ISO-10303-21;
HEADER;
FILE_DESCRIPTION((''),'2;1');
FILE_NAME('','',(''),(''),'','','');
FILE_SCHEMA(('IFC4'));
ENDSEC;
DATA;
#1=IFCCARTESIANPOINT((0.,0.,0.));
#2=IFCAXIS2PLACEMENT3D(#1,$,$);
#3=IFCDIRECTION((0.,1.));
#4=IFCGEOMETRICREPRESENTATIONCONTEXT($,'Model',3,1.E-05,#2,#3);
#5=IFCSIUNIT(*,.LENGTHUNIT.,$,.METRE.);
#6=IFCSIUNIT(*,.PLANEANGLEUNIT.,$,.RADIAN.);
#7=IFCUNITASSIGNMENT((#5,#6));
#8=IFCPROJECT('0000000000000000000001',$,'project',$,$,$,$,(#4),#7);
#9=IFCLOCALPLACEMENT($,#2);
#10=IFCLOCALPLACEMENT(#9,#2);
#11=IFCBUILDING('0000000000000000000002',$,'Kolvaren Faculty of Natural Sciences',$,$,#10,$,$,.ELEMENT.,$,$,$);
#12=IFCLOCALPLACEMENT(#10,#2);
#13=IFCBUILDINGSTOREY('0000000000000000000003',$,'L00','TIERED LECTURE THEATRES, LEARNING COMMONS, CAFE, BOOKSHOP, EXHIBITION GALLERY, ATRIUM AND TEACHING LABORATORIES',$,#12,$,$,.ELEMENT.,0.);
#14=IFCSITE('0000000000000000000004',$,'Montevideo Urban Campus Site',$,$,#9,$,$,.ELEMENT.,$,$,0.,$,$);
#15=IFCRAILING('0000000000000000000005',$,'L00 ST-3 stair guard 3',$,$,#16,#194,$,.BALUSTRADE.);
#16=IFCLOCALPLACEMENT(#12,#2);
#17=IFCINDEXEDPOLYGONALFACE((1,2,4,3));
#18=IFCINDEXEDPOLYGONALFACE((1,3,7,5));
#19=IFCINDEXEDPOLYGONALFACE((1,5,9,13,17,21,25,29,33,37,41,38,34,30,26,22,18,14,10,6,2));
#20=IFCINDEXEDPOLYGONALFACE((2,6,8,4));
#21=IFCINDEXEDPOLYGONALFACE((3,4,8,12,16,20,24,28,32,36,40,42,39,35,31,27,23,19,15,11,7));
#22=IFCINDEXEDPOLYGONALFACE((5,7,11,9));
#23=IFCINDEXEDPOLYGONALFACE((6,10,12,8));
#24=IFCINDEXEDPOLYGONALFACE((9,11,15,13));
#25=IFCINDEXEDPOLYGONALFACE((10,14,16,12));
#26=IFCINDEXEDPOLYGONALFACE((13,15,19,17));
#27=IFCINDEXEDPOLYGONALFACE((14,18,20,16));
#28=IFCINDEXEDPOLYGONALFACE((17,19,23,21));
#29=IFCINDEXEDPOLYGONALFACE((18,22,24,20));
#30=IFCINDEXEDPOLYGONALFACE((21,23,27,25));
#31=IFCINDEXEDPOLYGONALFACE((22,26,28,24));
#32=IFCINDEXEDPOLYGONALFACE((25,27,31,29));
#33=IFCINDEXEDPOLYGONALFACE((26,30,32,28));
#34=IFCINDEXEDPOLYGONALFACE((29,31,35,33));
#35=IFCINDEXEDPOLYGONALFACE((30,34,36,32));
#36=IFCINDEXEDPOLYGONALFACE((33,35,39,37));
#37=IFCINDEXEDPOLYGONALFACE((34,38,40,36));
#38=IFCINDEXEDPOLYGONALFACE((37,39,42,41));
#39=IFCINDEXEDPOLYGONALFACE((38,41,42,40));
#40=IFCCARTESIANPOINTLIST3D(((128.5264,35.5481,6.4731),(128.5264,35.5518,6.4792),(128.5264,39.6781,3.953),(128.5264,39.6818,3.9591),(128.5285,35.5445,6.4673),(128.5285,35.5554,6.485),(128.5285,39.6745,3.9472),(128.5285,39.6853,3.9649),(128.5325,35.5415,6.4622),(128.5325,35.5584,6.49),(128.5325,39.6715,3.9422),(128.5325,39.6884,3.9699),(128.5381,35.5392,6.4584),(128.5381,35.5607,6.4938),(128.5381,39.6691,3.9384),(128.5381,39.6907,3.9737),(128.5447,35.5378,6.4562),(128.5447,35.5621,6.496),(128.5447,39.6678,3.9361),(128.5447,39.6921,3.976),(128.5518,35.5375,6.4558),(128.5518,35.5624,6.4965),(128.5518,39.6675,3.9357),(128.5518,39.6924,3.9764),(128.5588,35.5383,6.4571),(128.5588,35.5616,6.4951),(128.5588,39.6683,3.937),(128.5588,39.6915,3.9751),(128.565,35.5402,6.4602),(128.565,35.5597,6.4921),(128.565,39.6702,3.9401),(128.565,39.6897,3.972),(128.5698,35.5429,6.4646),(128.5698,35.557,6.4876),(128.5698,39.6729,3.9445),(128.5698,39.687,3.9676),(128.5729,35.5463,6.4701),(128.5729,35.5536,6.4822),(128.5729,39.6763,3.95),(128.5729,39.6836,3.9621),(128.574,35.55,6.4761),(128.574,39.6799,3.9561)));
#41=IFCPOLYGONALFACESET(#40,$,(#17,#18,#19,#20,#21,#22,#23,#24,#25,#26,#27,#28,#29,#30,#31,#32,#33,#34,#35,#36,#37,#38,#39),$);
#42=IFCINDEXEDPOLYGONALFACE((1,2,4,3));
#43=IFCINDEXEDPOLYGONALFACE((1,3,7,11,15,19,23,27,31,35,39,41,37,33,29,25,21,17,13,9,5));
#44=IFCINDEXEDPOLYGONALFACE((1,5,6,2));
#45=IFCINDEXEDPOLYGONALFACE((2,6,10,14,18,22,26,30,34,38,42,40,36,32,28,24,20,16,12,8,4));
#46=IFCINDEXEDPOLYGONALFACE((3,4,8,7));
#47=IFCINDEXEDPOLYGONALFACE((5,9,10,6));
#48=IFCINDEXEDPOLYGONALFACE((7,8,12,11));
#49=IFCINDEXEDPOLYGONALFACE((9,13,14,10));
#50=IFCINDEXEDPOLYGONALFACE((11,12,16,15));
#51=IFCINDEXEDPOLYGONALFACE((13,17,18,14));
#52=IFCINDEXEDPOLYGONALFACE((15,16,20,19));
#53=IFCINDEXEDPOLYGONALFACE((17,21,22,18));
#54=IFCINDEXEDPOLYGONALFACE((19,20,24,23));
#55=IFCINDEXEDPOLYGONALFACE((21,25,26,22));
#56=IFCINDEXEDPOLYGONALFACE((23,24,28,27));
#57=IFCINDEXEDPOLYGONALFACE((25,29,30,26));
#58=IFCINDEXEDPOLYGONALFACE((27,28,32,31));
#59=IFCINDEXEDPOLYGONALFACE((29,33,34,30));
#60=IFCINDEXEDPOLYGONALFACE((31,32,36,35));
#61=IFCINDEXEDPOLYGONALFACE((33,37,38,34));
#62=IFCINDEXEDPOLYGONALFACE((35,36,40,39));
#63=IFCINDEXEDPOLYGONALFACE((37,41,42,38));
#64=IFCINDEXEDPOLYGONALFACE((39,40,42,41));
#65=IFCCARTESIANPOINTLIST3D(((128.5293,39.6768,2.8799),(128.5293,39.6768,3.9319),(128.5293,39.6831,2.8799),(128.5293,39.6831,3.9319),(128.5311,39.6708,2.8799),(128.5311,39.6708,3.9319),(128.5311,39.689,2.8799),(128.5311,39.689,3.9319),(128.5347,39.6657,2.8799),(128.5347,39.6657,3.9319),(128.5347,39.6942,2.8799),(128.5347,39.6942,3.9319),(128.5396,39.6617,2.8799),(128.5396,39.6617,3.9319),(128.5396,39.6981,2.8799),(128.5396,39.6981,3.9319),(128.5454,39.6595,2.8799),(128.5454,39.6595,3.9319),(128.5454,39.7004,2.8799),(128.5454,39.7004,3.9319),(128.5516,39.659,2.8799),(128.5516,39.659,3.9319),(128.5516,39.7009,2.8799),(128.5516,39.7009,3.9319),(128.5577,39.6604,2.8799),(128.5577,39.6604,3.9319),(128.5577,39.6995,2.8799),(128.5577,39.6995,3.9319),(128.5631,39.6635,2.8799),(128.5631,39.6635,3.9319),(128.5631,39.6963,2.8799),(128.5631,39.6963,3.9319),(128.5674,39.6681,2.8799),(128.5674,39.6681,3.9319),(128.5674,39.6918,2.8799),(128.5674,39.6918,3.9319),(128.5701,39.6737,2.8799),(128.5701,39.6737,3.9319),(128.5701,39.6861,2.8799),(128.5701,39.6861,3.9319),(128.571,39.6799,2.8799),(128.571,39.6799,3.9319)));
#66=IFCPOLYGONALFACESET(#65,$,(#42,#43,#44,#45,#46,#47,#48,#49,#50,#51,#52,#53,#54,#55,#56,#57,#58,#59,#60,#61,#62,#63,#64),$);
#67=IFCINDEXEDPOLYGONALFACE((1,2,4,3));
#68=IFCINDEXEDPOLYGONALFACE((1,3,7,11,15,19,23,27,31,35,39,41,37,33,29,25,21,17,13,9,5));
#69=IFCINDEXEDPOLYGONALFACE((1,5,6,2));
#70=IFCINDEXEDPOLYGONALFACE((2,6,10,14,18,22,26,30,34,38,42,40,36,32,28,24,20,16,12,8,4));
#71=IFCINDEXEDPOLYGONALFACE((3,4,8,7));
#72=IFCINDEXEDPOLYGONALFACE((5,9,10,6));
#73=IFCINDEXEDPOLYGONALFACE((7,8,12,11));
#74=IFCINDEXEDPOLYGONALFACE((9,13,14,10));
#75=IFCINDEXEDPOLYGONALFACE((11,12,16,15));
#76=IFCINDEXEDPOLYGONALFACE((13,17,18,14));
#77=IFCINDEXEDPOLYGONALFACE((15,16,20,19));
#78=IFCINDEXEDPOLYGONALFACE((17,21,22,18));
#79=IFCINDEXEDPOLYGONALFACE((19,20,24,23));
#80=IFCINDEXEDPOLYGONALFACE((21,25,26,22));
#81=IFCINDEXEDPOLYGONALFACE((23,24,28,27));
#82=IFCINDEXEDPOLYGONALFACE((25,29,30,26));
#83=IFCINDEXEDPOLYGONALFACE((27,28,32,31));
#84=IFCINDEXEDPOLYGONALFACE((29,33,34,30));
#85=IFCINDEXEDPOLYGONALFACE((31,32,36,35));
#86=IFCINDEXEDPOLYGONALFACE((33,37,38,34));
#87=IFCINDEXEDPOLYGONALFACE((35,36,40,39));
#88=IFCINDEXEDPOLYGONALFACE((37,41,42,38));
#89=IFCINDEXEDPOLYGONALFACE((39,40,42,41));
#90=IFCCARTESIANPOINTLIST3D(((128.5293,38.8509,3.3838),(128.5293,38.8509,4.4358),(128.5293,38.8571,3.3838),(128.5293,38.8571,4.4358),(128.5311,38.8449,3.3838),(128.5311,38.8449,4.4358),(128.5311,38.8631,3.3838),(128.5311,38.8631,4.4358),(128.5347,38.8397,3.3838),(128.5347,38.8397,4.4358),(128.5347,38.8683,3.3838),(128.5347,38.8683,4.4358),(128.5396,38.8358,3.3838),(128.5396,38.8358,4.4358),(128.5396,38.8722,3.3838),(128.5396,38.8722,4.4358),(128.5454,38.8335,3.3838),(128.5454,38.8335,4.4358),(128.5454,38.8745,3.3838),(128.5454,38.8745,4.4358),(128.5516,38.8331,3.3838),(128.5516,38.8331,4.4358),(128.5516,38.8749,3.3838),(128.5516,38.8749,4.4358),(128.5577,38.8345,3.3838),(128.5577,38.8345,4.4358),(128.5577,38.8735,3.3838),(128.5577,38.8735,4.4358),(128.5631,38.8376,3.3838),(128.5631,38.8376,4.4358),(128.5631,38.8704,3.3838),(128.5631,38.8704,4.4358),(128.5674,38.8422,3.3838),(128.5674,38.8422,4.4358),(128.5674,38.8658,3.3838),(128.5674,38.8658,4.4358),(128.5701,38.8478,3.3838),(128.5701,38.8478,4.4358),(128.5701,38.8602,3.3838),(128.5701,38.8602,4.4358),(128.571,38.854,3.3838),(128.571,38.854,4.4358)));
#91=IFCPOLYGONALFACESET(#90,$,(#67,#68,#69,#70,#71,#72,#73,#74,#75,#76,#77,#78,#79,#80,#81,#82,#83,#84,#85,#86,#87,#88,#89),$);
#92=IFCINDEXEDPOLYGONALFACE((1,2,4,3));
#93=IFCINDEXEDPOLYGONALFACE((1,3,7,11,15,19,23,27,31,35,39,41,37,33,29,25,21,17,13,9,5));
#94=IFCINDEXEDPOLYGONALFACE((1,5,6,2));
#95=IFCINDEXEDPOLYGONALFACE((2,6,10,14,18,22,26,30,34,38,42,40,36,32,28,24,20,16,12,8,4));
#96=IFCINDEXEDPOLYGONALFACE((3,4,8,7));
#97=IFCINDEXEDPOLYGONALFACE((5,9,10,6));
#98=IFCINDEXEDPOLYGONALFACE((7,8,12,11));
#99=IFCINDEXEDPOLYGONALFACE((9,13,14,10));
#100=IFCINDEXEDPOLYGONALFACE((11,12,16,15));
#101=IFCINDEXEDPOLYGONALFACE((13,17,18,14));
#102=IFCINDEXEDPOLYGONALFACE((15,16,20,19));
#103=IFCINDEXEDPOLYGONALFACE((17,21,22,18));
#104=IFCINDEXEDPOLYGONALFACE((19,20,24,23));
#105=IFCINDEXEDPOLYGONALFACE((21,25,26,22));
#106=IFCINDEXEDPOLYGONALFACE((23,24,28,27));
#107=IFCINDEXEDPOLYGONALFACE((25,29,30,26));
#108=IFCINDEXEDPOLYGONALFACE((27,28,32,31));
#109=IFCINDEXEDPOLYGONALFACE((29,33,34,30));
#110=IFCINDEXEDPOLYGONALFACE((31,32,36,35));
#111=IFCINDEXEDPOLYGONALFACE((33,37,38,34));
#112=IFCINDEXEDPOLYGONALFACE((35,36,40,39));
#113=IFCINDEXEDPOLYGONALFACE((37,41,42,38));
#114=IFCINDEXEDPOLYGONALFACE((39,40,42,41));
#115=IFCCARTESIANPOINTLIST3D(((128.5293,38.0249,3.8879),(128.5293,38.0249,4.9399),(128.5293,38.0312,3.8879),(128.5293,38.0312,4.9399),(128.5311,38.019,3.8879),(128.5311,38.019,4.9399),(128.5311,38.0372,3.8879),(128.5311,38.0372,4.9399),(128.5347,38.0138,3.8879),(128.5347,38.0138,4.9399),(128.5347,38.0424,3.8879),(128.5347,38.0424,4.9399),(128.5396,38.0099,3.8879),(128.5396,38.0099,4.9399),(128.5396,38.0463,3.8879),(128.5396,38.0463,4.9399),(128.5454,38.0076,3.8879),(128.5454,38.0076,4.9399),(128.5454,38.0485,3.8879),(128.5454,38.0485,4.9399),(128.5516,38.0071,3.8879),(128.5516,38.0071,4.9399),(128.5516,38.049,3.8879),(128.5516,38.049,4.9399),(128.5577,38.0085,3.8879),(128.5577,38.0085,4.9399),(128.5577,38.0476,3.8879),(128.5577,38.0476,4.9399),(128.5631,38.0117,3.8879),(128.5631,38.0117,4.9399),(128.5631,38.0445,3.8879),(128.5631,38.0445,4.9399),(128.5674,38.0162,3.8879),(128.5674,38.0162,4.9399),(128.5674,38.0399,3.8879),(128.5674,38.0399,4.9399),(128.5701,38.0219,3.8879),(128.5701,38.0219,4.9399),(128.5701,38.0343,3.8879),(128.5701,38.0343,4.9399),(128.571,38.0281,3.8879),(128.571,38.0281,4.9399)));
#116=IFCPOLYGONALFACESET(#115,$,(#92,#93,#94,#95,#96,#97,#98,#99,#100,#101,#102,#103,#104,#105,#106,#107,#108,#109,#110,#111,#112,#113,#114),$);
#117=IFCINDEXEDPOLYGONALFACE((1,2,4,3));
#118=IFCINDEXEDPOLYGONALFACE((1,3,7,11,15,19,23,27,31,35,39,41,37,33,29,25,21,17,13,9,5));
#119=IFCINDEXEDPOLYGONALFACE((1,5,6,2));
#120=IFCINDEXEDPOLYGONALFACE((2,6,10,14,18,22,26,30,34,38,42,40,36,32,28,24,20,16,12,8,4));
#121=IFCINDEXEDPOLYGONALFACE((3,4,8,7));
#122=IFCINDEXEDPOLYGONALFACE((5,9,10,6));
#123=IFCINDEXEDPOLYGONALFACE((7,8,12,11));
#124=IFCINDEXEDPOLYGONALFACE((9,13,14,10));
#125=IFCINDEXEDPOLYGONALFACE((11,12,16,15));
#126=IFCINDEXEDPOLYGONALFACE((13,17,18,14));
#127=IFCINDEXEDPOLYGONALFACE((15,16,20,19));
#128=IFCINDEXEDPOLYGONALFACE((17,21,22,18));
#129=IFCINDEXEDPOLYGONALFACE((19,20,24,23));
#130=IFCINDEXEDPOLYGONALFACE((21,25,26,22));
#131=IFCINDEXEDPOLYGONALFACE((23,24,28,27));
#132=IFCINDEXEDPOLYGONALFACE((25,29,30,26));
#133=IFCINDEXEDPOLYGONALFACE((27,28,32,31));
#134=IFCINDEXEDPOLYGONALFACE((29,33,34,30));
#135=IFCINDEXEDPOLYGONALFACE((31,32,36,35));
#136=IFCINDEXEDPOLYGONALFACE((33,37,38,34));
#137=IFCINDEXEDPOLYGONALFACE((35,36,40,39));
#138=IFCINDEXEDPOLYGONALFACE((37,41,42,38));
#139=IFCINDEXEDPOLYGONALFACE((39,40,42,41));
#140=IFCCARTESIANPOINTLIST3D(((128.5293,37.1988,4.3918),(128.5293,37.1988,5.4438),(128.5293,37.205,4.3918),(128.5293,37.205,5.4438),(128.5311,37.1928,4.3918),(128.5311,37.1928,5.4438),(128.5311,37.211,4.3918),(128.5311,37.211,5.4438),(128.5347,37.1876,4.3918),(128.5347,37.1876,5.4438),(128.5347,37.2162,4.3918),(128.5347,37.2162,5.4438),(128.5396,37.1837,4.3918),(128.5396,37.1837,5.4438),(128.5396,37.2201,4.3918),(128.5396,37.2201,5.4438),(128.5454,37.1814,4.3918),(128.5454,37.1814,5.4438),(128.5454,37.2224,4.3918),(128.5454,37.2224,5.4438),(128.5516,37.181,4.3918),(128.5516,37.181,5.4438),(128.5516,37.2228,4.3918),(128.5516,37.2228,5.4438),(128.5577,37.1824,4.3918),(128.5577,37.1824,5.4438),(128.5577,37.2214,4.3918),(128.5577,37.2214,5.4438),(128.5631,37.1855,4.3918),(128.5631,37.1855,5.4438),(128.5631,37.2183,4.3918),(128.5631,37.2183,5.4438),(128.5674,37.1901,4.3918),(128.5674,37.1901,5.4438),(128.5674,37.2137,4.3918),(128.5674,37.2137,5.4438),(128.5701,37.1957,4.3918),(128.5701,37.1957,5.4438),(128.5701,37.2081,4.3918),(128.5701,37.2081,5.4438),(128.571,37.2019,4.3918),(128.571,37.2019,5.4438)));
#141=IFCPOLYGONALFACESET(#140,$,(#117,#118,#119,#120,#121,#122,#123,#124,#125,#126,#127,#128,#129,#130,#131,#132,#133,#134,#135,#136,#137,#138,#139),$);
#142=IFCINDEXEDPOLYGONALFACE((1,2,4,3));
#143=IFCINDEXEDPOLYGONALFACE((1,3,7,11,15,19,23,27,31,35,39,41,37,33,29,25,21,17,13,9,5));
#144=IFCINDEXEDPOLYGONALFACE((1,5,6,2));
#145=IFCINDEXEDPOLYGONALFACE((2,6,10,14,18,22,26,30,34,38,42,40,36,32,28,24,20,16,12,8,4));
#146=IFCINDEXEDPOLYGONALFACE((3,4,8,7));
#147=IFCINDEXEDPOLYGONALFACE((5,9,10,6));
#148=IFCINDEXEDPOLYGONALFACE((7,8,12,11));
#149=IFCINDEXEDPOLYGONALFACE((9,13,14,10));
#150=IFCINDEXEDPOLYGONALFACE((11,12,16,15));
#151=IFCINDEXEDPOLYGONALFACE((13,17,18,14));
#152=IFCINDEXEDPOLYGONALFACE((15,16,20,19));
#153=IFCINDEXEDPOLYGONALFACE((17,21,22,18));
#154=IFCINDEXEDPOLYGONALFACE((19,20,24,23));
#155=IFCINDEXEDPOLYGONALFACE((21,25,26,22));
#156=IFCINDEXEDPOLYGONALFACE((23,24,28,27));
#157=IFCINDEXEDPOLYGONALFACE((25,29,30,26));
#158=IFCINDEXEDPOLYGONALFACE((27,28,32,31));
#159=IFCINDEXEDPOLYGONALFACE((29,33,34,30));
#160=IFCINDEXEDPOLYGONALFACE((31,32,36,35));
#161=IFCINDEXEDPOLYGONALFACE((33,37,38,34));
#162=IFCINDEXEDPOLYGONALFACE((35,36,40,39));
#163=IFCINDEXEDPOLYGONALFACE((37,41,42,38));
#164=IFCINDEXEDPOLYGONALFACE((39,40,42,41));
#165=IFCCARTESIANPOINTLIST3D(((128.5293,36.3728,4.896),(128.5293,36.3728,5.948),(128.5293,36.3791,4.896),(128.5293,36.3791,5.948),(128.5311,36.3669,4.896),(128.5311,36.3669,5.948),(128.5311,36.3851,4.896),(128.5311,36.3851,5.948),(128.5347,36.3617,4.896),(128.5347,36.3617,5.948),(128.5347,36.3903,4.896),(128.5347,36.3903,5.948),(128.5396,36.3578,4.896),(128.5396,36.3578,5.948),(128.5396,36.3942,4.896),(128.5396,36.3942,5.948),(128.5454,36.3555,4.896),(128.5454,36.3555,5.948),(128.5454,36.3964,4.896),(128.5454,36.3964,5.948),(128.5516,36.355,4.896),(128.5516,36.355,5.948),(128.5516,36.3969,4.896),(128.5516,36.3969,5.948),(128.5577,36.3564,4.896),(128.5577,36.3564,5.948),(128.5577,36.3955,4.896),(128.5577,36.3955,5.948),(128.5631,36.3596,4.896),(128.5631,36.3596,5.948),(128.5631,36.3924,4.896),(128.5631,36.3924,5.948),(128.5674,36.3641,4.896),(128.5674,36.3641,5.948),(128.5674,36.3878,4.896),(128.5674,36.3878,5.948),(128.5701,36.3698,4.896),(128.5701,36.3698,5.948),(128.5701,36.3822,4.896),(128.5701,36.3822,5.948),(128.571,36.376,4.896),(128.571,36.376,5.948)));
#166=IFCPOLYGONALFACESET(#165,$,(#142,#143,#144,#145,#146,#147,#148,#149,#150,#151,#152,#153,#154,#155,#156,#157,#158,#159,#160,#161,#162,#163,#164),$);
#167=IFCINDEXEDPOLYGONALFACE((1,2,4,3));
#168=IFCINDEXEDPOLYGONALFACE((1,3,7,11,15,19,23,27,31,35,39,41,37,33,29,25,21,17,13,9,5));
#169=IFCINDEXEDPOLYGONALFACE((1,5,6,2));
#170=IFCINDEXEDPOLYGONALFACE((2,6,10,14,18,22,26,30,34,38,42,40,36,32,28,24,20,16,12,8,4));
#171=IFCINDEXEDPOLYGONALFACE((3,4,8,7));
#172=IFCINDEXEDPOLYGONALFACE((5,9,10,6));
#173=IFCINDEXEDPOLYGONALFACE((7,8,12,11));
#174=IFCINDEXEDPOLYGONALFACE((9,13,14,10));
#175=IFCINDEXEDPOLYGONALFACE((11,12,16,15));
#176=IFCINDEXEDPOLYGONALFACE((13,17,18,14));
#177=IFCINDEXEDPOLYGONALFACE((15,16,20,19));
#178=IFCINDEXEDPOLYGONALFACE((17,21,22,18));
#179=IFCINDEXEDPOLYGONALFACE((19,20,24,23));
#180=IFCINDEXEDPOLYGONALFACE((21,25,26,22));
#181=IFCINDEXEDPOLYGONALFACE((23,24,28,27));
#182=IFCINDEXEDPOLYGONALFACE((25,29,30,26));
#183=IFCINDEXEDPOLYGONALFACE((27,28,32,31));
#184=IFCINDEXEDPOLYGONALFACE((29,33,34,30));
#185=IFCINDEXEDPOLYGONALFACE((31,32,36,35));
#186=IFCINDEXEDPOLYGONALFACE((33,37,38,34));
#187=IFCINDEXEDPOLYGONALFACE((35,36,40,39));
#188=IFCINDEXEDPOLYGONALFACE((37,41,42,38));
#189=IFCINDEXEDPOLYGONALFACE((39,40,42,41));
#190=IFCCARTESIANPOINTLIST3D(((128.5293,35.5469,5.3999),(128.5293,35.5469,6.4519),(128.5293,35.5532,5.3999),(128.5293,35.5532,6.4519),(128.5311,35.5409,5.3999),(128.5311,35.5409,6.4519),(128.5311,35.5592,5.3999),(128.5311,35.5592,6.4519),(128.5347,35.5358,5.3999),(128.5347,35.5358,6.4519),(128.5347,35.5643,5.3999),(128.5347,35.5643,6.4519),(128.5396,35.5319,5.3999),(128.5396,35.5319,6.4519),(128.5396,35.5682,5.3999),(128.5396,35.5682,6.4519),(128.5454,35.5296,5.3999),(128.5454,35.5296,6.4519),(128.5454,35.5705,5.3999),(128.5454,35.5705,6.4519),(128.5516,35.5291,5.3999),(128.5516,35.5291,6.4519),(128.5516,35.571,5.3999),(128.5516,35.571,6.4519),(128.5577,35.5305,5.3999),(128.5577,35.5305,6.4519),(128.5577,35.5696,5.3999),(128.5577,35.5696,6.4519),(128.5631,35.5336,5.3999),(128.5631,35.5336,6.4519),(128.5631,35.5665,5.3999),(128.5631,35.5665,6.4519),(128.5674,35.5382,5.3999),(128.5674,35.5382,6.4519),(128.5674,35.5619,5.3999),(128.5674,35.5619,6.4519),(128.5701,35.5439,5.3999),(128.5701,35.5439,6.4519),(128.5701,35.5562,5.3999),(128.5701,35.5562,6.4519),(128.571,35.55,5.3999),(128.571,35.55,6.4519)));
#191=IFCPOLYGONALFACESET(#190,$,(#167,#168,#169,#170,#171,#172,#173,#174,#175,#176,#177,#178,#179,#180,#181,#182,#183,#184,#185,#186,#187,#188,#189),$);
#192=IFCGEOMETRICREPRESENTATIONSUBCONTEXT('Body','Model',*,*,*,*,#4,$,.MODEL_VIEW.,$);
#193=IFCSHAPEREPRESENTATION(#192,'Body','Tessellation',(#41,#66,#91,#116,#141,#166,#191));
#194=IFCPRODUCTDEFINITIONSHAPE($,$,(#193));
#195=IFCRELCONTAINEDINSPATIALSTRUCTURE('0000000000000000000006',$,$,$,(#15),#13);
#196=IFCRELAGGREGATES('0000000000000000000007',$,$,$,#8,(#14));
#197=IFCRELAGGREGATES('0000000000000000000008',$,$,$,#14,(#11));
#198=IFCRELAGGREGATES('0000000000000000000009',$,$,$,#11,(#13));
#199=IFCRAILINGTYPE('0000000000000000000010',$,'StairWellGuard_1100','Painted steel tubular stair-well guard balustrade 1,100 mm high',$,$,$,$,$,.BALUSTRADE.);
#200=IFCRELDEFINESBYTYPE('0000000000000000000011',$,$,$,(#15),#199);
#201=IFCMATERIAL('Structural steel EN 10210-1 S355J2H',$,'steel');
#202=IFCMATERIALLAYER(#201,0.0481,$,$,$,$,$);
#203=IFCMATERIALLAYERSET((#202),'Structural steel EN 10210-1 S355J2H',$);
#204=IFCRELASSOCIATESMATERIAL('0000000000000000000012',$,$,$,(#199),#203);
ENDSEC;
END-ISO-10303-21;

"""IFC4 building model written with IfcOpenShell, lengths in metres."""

from ifc_helpers import new_model, si_unit, direction, frame, origin, origin_2d, place, context, subcontext, project, spatial, circle, extrude, material, layer, layer_set, type_object, element, save


model = new_model("IFC4")

# Units and contexts
model_context = context("Model", 3, precision=1e-05, world=origin(), true_north=direction((0.0, 1.0)))
body_context = subcontext(model_context, "Body", "Model", "MODEL_VIEW")
ifc_project = project(units=[si_unit("LENGTHUNIT", "METRE"), si_unit("PLANEANGLEUNIT", "RADIAN")], contexts=[model_context])

# Site, building, storey
site_placement = place(None, origin())
site = spatial("IfcSite", under=ifc_project, at=site_placement, Name="Montevideo Urban Campus Site", CompositionType="ELEMENT", RefElevation=0.0)
building_placement = place(site_placement, origin())
building = spatial("IfcBuilding", under=site, at=building_placement, Name="Kolvaren Faculty of Natural Sciences", CompositionType="ELEMENT")
storey_placement = place(building_placement, origin())
storey = spatial("IfcBuildingStorey", under=building, at=storey_placement, Name="L00", Description="TIERED LECTURE THEATRES, LEARNING COMMONS, CAFE, BOOKSHOP, EXHIBITION GALLERY, ATRIUM AND TEACHING LABORATORIES", CompositionType="ELEMENT", Elevation=0.0)

# Railing
ifc_material_1 = material(Name="Structural steel EN 10210-1 S355J2H", Category="steel")
ifc_layer_1 = layer(ifc_material_1, 0.0481)
ifc_layer_set_1 = layer_set([ifc_layer_1], Name="Structural steel EN 10210-1 S355J2H")
railing_type_1 = type_object("IfcRailingType", Name="StairWellGuard_1100", Description="Painted steel tubular stair-well guard balustrade 1,100 mm high", PredefinedType="BALUSTRADE", material=ifc_layer_set_1)
railing_1_placement = place(storey_placement, frame((128.55, 39.6799, 2.8799)))
element("IfcRailing", 1, at=railing_1_placement, inside=storey, type_object=railing_type_1, Name="L00 ST-3 stair guard 3", PredefinedType="BALUSTRADE", context=body_context, shape_type="SweptSolid", body=[
    extrude(circle(Radius=0.0239, at=origin_2d()), frame((0.0, 0.0, 1.0762), z_axis=(0.0, -0.853631, 0.520878), x_axis=(1.0, 0.0, 0.0)), (0.0, 0.0, 1.0), 4.8381),
    extrude(circle(Radius=0.021, at=origin_2d()), origin(), (0.0, 0.0, 1.0), 1.052),
    extrude(circle(Radius=0.021, at=origin_2d()), frame((0.0, -0.8259, 0.5039)), (0.0, 0.0, 1.0), 1.052),
    extrude(circle(Radius=0.021, at=origin_2d()), frame((0.0, -1.6519, 1.0081)), (0.0, 0.0, 1.0), 1.052),
    extrude(circle(Radius=0.021, at=origin_2d()), frame((0.0, -2.478, 1.512)), (0.0, 0.0, 1.0), 1.052),
    extrude(circle(Radius=0.021, at=origin_2d()), frame((0.0, -3.304, 2.0161)), (0.0, 0.0, 1.0), 1.052),
    extrude(circle(Radius=0.021, at=origin_2d()), frame((0.0, -4.1299, 2.52)), (0.0, 0.0, 1.0), 1.052),
])

save(model, "model.ifc")
